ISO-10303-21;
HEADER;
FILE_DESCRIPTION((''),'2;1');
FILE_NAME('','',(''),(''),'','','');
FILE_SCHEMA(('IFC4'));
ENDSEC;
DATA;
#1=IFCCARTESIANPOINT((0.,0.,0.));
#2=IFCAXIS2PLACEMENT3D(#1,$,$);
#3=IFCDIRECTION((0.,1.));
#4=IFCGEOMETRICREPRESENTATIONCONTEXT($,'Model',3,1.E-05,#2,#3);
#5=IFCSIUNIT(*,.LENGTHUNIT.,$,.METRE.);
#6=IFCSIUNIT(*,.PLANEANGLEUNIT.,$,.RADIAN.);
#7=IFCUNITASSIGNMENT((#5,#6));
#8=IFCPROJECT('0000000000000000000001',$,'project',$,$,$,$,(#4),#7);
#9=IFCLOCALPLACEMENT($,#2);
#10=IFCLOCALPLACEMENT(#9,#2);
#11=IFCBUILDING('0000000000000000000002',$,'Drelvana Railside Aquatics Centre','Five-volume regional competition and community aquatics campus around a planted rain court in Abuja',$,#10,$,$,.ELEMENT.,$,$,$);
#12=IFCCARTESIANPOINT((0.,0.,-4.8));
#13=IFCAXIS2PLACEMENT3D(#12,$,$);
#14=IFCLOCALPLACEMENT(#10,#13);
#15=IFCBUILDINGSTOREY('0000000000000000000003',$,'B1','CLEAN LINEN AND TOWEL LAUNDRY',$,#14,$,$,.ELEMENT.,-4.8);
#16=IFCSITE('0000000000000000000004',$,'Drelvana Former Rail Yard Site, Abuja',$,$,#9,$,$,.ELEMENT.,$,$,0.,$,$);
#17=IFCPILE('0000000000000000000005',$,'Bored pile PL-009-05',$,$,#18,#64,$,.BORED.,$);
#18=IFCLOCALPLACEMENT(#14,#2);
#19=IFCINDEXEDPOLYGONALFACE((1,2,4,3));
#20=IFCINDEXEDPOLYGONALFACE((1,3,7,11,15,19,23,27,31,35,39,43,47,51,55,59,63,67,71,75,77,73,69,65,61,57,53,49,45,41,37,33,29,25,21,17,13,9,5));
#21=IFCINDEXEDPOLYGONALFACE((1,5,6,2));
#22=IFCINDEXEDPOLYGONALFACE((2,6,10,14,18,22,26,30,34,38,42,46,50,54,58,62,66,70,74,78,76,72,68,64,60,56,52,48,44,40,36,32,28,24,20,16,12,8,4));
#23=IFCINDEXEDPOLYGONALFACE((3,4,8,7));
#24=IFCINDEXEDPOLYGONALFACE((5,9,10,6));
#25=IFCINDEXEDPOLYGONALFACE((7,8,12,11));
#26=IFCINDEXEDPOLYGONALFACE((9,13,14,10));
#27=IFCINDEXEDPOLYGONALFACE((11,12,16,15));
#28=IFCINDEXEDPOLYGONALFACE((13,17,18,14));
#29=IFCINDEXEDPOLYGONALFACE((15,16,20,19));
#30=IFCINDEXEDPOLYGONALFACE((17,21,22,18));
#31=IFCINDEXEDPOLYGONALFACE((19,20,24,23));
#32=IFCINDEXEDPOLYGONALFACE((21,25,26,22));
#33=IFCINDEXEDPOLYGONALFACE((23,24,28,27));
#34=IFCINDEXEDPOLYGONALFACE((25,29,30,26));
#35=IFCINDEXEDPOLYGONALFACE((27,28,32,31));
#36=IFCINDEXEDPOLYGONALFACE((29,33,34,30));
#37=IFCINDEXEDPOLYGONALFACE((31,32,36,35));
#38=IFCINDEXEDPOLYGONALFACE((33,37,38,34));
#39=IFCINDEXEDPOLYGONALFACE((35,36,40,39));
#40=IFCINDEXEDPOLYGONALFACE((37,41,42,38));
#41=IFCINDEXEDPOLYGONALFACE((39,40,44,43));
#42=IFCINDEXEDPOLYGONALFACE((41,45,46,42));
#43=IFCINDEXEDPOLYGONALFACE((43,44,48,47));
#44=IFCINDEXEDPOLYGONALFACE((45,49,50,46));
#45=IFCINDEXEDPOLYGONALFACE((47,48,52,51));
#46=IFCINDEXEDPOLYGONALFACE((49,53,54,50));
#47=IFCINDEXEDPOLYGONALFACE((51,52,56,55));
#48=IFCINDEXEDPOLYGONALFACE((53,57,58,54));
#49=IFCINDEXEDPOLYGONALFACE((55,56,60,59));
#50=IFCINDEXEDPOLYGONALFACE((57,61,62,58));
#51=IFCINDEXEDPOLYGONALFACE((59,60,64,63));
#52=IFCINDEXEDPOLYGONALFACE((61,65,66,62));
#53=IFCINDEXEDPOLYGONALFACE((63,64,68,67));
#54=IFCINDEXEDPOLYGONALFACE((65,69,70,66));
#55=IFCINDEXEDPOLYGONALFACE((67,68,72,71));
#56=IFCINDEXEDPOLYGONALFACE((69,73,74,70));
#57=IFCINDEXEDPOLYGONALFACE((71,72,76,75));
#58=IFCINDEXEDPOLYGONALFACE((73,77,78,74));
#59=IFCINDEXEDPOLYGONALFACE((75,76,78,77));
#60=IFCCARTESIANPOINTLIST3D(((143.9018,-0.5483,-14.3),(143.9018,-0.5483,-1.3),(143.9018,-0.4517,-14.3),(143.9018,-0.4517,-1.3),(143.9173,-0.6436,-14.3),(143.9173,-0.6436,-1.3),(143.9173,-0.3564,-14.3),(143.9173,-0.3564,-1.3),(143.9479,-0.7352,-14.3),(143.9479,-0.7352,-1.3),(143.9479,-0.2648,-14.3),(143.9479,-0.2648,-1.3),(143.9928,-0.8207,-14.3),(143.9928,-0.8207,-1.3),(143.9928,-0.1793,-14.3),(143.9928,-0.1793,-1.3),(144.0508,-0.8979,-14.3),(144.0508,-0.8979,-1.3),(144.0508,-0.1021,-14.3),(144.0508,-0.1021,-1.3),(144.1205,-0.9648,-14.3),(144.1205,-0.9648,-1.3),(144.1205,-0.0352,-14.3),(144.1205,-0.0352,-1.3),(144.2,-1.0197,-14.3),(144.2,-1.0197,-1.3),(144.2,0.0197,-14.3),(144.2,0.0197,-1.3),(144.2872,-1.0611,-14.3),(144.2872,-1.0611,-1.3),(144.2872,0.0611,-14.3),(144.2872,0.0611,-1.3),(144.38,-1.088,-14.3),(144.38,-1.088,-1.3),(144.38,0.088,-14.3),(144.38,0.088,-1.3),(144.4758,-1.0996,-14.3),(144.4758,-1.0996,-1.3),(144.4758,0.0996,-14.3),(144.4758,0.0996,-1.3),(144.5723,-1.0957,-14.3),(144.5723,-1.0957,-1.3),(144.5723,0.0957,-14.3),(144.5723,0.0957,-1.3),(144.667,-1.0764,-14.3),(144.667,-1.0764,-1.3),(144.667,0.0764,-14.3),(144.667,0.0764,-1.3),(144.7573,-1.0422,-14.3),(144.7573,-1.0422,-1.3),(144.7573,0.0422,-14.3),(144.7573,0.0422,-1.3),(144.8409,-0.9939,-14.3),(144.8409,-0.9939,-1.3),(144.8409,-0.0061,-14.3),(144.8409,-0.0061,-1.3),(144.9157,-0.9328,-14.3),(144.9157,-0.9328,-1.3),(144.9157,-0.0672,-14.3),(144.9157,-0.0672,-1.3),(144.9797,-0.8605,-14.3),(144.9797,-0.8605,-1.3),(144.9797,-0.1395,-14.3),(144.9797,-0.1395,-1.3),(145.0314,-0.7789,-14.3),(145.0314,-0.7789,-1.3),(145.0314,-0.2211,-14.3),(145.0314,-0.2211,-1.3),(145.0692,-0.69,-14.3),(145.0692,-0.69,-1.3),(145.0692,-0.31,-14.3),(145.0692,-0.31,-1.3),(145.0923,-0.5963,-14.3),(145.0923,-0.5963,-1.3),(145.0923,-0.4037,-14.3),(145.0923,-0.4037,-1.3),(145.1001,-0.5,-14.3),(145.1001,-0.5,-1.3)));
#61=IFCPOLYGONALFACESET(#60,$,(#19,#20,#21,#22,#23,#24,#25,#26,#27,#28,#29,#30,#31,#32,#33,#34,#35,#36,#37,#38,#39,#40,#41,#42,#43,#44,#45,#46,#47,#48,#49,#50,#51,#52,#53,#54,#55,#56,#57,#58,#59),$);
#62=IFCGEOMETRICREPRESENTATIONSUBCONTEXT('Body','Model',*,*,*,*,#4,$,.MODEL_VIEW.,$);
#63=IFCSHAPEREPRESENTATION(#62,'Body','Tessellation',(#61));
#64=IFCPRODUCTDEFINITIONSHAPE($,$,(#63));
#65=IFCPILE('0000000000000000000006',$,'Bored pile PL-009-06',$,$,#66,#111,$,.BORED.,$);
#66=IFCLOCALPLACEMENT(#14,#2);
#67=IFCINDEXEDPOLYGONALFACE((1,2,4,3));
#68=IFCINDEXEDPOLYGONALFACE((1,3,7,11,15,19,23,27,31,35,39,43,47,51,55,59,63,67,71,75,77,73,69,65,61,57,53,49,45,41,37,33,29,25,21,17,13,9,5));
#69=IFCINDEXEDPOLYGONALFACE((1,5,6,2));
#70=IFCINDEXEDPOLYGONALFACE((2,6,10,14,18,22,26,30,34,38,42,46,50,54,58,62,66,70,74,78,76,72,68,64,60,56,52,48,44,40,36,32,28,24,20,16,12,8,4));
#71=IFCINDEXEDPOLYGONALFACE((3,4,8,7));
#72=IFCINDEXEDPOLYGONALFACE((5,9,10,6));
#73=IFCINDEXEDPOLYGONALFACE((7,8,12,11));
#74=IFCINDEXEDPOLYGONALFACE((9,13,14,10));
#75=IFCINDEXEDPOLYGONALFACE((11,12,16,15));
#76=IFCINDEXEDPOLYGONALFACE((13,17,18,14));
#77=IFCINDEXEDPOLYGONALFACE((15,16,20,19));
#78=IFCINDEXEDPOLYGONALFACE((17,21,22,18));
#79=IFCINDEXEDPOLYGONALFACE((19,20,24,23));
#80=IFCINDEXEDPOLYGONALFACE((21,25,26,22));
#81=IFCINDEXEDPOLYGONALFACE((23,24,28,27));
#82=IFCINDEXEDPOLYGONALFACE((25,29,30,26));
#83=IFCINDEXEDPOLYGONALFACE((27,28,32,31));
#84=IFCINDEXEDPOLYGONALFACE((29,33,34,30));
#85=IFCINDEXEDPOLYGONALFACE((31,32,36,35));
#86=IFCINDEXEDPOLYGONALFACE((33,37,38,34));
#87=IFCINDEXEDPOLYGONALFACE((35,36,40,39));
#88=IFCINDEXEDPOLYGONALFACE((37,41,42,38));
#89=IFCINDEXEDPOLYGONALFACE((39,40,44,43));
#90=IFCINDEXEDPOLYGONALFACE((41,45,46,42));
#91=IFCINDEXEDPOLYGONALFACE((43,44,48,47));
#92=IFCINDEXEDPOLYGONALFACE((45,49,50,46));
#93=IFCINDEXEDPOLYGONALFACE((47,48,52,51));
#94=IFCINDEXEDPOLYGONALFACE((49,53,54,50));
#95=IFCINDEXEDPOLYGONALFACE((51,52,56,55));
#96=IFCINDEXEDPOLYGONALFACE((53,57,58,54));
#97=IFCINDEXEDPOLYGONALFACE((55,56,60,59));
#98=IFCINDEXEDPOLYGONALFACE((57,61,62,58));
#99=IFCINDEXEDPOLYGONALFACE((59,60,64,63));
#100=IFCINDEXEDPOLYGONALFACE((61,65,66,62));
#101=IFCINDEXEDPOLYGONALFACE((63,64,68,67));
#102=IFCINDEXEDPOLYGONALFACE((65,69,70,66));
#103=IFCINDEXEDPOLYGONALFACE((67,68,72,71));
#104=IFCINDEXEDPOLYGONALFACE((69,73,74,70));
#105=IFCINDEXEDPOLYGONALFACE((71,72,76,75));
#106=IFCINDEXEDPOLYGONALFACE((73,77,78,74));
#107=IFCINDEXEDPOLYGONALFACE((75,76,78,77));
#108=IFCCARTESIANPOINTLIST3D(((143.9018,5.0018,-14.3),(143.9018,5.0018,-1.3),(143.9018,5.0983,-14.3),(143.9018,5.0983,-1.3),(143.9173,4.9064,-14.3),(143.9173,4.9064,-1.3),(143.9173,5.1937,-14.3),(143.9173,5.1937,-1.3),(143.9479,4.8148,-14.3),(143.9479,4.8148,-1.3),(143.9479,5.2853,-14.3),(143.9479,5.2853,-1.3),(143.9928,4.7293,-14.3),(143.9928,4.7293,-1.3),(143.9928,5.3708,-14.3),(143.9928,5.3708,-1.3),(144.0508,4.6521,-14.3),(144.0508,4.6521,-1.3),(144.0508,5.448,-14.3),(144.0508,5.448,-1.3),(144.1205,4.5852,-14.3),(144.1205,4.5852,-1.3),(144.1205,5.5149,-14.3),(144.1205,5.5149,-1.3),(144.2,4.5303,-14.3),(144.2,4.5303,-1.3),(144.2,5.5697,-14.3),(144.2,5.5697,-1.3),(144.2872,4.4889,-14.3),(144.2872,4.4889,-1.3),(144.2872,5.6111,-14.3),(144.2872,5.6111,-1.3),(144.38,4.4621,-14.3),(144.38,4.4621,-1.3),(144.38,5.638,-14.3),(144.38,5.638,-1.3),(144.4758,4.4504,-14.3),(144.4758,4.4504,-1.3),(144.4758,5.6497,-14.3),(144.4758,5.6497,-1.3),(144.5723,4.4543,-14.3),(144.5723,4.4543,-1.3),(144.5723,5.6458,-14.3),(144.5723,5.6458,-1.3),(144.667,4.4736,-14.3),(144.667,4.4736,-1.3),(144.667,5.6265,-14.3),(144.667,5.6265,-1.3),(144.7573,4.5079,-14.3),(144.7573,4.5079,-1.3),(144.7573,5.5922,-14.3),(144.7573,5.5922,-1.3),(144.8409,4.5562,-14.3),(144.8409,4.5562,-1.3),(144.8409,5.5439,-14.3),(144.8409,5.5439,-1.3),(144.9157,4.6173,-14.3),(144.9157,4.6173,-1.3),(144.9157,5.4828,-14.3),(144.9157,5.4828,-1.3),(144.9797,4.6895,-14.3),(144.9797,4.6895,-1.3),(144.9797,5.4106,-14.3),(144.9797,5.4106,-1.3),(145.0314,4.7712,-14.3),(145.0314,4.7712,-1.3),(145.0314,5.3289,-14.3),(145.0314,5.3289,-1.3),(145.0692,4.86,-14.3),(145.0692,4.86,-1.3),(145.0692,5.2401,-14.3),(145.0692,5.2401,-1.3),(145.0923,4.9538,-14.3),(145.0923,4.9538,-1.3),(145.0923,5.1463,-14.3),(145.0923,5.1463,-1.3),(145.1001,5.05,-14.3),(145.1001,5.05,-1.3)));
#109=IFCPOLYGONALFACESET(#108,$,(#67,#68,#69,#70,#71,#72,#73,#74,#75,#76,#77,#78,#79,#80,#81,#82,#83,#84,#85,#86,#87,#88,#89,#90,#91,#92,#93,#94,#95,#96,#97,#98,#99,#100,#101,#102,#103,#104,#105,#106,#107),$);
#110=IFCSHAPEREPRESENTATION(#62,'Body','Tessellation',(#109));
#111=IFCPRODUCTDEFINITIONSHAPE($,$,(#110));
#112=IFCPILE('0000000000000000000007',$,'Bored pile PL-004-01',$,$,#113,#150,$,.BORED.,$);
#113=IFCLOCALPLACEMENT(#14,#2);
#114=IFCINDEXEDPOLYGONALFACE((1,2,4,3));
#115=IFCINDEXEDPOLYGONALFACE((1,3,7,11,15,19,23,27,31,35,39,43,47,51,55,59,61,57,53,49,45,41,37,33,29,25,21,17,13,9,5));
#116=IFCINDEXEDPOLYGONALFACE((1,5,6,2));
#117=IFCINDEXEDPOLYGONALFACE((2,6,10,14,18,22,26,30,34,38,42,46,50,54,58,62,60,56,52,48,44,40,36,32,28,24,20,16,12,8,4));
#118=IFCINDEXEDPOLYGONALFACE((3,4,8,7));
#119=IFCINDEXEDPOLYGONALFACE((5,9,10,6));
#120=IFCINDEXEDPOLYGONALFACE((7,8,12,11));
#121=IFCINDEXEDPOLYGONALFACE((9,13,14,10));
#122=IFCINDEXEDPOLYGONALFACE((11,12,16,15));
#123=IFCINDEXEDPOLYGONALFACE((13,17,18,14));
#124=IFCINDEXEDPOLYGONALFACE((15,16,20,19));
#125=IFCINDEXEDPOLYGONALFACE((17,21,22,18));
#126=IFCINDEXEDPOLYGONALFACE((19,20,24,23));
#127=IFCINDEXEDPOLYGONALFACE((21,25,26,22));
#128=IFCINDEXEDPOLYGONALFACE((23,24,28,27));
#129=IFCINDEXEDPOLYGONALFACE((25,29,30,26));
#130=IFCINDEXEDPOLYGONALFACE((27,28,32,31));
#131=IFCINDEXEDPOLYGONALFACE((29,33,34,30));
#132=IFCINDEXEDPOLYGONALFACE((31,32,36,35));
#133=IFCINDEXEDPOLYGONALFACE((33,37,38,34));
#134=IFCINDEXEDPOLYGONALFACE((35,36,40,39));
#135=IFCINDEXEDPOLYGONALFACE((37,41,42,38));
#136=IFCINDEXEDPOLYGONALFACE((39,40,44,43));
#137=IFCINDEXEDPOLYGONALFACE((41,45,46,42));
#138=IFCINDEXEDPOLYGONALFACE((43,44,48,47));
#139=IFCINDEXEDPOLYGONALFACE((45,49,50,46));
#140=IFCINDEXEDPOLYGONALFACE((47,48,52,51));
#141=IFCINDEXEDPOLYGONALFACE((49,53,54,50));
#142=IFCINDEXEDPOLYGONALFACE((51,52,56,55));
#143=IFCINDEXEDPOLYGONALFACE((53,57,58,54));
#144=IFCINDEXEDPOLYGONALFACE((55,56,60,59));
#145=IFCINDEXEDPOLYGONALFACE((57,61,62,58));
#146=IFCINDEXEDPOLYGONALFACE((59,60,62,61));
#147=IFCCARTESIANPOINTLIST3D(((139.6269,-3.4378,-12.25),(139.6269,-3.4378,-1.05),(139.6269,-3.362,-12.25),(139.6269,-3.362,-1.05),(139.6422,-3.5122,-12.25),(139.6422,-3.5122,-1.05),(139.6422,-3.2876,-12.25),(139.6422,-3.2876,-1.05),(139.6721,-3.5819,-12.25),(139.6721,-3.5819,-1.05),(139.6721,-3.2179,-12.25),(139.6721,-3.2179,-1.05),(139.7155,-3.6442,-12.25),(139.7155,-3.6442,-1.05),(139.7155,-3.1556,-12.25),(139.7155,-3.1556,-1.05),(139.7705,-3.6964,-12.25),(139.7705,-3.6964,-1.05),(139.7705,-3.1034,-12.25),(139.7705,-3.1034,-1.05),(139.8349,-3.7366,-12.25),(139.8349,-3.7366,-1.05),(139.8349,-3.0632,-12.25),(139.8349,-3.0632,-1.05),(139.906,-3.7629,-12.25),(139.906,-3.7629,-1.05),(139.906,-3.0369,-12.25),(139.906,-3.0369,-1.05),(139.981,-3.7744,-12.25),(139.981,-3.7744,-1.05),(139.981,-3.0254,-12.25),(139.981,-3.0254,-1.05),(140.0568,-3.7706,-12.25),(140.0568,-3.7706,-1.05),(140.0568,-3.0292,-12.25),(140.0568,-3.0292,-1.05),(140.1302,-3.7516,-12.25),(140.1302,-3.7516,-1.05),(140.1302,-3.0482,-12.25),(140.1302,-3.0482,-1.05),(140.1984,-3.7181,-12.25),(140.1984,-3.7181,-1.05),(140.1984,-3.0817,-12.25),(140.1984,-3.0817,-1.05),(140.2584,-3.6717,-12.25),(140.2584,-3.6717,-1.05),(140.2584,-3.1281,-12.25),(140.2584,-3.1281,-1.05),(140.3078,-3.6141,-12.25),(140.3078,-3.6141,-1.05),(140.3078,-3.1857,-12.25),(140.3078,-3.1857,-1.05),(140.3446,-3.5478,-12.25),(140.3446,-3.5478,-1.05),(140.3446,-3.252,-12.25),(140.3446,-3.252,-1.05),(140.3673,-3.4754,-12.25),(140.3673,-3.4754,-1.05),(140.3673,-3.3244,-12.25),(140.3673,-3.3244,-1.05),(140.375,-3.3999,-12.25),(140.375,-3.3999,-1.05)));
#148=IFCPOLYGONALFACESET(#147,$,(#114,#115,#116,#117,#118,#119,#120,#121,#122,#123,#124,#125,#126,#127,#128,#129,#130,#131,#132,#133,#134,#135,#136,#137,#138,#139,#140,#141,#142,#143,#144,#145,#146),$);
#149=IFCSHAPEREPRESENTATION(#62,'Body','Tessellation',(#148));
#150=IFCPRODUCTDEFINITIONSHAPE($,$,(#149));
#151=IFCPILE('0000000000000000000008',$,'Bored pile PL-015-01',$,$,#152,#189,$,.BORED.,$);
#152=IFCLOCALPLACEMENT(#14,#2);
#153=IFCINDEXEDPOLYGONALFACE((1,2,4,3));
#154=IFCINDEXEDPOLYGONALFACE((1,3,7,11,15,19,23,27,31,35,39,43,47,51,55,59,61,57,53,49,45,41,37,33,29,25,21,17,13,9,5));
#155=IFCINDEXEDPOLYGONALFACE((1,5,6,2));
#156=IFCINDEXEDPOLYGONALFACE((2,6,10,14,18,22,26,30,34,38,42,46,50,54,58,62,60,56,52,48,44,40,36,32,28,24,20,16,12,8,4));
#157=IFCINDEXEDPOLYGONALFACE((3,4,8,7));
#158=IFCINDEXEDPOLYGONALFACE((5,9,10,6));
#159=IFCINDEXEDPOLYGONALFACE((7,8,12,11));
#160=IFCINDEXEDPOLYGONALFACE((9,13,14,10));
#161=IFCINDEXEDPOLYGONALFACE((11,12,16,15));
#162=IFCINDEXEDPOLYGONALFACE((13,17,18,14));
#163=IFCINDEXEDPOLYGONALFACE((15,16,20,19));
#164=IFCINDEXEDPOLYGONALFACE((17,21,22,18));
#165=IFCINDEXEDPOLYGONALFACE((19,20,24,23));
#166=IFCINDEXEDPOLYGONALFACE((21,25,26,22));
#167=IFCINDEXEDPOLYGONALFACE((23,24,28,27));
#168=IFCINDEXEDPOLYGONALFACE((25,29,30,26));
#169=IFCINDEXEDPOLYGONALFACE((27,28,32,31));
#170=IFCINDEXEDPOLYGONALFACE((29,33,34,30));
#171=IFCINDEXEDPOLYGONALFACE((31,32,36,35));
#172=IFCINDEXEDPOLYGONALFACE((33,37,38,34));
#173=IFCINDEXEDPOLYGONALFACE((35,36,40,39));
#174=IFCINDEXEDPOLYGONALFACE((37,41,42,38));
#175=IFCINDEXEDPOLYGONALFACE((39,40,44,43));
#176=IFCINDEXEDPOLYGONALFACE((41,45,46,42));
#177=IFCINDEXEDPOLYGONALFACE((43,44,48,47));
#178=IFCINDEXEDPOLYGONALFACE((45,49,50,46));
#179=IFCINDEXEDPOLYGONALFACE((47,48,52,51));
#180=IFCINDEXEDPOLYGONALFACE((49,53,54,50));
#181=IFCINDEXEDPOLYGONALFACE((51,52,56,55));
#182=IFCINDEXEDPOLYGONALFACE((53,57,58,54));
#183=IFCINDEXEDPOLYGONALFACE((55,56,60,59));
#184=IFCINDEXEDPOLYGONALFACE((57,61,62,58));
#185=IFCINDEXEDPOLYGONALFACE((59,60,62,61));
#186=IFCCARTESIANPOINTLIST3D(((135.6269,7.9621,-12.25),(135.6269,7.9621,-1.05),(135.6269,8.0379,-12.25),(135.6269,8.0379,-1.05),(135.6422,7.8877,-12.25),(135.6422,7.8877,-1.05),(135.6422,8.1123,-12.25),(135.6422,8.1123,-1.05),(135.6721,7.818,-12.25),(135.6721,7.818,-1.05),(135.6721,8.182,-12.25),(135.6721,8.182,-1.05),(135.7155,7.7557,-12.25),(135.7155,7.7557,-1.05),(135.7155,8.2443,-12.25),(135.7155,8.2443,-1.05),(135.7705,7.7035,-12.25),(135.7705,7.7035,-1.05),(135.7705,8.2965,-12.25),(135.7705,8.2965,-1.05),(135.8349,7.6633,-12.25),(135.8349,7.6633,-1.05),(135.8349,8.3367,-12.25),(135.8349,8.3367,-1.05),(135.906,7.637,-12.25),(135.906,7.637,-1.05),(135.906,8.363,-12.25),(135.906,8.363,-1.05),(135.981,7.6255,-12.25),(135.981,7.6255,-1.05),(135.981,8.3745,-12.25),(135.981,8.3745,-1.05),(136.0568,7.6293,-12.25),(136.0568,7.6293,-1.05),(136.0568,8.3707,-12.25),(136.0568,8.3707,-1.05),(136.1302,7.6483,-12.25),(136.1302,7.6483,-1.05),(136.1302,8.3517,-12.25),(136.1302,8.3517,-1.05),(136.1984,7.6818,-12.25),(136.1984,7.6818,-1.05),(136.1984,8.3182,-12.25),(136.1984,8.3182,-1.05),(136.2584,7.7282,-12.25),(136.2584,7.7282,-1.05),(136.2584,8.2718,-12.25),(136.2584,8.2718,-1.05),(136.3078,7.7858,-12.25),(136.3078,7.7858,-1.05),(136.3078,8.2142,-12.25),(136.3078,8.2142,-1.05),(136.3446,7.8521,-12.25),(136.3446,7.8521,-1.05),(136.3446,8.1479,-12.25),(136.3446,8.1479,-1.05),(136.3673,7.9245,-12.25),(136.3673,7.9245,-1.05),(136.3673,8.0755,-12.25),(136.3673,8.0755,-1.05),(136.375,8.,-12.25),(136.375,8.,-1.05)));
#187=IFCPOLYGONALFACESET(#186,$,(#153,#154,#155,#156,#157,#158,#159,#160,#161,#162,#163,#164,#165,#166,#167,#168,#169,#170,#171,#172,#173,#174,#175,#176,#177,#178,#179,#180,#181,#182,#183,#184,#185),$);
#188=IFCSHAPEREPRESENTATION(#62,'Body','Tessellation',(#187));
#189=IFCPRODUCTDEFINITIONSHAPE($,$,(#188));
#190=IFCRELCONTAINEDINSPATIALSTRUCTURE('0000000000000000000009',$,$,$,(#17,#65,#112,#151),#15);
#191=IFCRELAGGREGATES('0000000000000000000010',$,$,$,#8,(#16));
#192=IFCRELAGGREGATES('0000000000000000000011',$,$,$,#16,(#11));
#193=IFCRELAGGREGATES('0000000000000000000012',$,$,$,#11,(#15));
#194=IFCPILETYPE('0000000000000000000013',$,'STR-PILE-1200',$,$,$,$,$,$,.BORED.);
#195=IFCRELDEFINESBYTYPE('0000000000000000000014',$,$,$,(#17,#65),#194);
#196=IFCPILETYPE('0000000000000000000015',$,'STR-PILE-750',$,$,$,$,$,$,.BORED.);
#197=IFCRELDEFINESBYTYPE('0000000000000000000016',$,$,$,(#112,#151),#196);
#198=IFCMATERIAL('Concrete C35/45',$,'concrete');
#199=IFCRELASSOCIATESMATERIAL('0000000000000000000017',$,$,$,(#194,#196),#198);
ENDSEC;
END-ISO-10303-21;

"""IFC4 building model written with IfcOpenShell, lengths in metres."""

from ifc_helpers import new_model, si_unit, direction, frame, origin, origin_2d, place, context, subcontext, project, spatial, circle, extrude, material, material_profile, profile_set, type_object, element, save


model = new_model("IFC4")

# Units and contexts
model_context = context("Model", 3, precision=1e-05, world=origin(), true_north=direction((0.0, 1.0)))
body_context = subcontext(model_context, "Body", "Model", "MODEL_VIEW")
ifc_project = project(units=[si_unit("LENGTHUNIT", "METRE"), si_unit("PLANEANGLEUNIT", "RADIAN")], contexts=[model_context])

# Site, building, storey
site_placement = place(None, origin())
site = spatial("IfcSite", under=ifc_project, at=site_placement, Name="Drelvana Former Rail Yard Site, Abuja", CompositionType="ELEMENT", RefElevation=0.0)
building_placement = place(site_placement, origin())
building = spatial("IfcBuilding", under=site, at=building_placement, Name="Drelvana Railside Aquatics Centre", Description="Five-volume regional competition and community aquatics campus around a planted rain court in Abuja", CompositionType="ELEMENT")
storey_placement = place(building_placement, frame((0.0, 0.0, -4.8)))
storey = spatial("IfcBuildingStorey", under=building, at=storey_placement, Name="B1", Description="CLEAN LINEN AND TOWEL LAUNDRY", CompositionType="ELEMENT", Elevation=-4.8)

# Shared definitions
ifc_material_1 = material(Name="Concrete C35/45", Category="concrete")

# Piles
ifc_material_profile_1 = material_profile(ifc_material_1, circle(Radius=0.6001, at=origin_2d()), Name="PILE D1200")
ifc_profile_set_1 = profile_set([ifc_material_profile_1], Name="Concrete C35/45")
pile_type_1 = type_object("IfcPileType", Name="STR-PILE-1200", PredefinedType="BORED", material=ifc_profile_set_1)
for number, where, z_axis, x_axis, name in (
    (1, (144.5, -0.5, -1.3), (0.0, 0.0, -1.0), (1.0, 0.0, 0.0), "Bored pile PL-009-05"),
    (2, (144.5, 5.05, -1.3), (0.0, 0.0, -1.0), (1.0, 0.0, 0.0), "Bored pile PL-009-06"),
):
    element("IfcPile", number, at=place(storey_placement, frame(where, z_axis=z_axis, x_axis=x_axis)), inside=storey, type_object=pile_type_1, Name=name, PredefinedType="BORED", context=body_context, shape_type="SweptSolid", body=[
        extrude(circle(Radius=0.6001, at=origin_2d()), origin(), (0.0, 0.0, 1.0), 13.0),
    ])
ifc_material_profile_2 = material_profile(ifc_material_1, circle(Radius=0.375, at=origin_2d()), Name="PILE D750")
ifc_profile_set_2 = profile_set([ifc_material_profile_2], Name="Concrete C35/45")
pile_type_2 = type_object("IfcPileType", Name="STR-PILE-750", PredefinedType="BORED", material=ifc_profile_set_2)
for number, where, z_axis, x_axis, name in (
    (3, (140.0, -3.3999, -1.05), (0.0, 0.0, -1.0), (1.0, 0.0, 0.0), "Bored pile PL-004-01"),
    (4, (136.0, 8.0, -1.05), (0.0, 0.0, -1.0), (1.0, 0.0, 0.0), "Bored pile PL-015-01"),
):
    element("IfcPile", number, at=place(storey_placement, frame(where, z_axis=z_axis, x_axis=x_axis)), inside=storey, type_object=pile_type_2, Name=name, PredefinedType="BORED", context=body_context, shape_type="SweptSolid", body=[
        extrude(circle(Radius=0.375, at=origin_2d()), origin(), (0.0, 0.0, 1.0), 11.2),
    ])

save(model, "model.ifc")
